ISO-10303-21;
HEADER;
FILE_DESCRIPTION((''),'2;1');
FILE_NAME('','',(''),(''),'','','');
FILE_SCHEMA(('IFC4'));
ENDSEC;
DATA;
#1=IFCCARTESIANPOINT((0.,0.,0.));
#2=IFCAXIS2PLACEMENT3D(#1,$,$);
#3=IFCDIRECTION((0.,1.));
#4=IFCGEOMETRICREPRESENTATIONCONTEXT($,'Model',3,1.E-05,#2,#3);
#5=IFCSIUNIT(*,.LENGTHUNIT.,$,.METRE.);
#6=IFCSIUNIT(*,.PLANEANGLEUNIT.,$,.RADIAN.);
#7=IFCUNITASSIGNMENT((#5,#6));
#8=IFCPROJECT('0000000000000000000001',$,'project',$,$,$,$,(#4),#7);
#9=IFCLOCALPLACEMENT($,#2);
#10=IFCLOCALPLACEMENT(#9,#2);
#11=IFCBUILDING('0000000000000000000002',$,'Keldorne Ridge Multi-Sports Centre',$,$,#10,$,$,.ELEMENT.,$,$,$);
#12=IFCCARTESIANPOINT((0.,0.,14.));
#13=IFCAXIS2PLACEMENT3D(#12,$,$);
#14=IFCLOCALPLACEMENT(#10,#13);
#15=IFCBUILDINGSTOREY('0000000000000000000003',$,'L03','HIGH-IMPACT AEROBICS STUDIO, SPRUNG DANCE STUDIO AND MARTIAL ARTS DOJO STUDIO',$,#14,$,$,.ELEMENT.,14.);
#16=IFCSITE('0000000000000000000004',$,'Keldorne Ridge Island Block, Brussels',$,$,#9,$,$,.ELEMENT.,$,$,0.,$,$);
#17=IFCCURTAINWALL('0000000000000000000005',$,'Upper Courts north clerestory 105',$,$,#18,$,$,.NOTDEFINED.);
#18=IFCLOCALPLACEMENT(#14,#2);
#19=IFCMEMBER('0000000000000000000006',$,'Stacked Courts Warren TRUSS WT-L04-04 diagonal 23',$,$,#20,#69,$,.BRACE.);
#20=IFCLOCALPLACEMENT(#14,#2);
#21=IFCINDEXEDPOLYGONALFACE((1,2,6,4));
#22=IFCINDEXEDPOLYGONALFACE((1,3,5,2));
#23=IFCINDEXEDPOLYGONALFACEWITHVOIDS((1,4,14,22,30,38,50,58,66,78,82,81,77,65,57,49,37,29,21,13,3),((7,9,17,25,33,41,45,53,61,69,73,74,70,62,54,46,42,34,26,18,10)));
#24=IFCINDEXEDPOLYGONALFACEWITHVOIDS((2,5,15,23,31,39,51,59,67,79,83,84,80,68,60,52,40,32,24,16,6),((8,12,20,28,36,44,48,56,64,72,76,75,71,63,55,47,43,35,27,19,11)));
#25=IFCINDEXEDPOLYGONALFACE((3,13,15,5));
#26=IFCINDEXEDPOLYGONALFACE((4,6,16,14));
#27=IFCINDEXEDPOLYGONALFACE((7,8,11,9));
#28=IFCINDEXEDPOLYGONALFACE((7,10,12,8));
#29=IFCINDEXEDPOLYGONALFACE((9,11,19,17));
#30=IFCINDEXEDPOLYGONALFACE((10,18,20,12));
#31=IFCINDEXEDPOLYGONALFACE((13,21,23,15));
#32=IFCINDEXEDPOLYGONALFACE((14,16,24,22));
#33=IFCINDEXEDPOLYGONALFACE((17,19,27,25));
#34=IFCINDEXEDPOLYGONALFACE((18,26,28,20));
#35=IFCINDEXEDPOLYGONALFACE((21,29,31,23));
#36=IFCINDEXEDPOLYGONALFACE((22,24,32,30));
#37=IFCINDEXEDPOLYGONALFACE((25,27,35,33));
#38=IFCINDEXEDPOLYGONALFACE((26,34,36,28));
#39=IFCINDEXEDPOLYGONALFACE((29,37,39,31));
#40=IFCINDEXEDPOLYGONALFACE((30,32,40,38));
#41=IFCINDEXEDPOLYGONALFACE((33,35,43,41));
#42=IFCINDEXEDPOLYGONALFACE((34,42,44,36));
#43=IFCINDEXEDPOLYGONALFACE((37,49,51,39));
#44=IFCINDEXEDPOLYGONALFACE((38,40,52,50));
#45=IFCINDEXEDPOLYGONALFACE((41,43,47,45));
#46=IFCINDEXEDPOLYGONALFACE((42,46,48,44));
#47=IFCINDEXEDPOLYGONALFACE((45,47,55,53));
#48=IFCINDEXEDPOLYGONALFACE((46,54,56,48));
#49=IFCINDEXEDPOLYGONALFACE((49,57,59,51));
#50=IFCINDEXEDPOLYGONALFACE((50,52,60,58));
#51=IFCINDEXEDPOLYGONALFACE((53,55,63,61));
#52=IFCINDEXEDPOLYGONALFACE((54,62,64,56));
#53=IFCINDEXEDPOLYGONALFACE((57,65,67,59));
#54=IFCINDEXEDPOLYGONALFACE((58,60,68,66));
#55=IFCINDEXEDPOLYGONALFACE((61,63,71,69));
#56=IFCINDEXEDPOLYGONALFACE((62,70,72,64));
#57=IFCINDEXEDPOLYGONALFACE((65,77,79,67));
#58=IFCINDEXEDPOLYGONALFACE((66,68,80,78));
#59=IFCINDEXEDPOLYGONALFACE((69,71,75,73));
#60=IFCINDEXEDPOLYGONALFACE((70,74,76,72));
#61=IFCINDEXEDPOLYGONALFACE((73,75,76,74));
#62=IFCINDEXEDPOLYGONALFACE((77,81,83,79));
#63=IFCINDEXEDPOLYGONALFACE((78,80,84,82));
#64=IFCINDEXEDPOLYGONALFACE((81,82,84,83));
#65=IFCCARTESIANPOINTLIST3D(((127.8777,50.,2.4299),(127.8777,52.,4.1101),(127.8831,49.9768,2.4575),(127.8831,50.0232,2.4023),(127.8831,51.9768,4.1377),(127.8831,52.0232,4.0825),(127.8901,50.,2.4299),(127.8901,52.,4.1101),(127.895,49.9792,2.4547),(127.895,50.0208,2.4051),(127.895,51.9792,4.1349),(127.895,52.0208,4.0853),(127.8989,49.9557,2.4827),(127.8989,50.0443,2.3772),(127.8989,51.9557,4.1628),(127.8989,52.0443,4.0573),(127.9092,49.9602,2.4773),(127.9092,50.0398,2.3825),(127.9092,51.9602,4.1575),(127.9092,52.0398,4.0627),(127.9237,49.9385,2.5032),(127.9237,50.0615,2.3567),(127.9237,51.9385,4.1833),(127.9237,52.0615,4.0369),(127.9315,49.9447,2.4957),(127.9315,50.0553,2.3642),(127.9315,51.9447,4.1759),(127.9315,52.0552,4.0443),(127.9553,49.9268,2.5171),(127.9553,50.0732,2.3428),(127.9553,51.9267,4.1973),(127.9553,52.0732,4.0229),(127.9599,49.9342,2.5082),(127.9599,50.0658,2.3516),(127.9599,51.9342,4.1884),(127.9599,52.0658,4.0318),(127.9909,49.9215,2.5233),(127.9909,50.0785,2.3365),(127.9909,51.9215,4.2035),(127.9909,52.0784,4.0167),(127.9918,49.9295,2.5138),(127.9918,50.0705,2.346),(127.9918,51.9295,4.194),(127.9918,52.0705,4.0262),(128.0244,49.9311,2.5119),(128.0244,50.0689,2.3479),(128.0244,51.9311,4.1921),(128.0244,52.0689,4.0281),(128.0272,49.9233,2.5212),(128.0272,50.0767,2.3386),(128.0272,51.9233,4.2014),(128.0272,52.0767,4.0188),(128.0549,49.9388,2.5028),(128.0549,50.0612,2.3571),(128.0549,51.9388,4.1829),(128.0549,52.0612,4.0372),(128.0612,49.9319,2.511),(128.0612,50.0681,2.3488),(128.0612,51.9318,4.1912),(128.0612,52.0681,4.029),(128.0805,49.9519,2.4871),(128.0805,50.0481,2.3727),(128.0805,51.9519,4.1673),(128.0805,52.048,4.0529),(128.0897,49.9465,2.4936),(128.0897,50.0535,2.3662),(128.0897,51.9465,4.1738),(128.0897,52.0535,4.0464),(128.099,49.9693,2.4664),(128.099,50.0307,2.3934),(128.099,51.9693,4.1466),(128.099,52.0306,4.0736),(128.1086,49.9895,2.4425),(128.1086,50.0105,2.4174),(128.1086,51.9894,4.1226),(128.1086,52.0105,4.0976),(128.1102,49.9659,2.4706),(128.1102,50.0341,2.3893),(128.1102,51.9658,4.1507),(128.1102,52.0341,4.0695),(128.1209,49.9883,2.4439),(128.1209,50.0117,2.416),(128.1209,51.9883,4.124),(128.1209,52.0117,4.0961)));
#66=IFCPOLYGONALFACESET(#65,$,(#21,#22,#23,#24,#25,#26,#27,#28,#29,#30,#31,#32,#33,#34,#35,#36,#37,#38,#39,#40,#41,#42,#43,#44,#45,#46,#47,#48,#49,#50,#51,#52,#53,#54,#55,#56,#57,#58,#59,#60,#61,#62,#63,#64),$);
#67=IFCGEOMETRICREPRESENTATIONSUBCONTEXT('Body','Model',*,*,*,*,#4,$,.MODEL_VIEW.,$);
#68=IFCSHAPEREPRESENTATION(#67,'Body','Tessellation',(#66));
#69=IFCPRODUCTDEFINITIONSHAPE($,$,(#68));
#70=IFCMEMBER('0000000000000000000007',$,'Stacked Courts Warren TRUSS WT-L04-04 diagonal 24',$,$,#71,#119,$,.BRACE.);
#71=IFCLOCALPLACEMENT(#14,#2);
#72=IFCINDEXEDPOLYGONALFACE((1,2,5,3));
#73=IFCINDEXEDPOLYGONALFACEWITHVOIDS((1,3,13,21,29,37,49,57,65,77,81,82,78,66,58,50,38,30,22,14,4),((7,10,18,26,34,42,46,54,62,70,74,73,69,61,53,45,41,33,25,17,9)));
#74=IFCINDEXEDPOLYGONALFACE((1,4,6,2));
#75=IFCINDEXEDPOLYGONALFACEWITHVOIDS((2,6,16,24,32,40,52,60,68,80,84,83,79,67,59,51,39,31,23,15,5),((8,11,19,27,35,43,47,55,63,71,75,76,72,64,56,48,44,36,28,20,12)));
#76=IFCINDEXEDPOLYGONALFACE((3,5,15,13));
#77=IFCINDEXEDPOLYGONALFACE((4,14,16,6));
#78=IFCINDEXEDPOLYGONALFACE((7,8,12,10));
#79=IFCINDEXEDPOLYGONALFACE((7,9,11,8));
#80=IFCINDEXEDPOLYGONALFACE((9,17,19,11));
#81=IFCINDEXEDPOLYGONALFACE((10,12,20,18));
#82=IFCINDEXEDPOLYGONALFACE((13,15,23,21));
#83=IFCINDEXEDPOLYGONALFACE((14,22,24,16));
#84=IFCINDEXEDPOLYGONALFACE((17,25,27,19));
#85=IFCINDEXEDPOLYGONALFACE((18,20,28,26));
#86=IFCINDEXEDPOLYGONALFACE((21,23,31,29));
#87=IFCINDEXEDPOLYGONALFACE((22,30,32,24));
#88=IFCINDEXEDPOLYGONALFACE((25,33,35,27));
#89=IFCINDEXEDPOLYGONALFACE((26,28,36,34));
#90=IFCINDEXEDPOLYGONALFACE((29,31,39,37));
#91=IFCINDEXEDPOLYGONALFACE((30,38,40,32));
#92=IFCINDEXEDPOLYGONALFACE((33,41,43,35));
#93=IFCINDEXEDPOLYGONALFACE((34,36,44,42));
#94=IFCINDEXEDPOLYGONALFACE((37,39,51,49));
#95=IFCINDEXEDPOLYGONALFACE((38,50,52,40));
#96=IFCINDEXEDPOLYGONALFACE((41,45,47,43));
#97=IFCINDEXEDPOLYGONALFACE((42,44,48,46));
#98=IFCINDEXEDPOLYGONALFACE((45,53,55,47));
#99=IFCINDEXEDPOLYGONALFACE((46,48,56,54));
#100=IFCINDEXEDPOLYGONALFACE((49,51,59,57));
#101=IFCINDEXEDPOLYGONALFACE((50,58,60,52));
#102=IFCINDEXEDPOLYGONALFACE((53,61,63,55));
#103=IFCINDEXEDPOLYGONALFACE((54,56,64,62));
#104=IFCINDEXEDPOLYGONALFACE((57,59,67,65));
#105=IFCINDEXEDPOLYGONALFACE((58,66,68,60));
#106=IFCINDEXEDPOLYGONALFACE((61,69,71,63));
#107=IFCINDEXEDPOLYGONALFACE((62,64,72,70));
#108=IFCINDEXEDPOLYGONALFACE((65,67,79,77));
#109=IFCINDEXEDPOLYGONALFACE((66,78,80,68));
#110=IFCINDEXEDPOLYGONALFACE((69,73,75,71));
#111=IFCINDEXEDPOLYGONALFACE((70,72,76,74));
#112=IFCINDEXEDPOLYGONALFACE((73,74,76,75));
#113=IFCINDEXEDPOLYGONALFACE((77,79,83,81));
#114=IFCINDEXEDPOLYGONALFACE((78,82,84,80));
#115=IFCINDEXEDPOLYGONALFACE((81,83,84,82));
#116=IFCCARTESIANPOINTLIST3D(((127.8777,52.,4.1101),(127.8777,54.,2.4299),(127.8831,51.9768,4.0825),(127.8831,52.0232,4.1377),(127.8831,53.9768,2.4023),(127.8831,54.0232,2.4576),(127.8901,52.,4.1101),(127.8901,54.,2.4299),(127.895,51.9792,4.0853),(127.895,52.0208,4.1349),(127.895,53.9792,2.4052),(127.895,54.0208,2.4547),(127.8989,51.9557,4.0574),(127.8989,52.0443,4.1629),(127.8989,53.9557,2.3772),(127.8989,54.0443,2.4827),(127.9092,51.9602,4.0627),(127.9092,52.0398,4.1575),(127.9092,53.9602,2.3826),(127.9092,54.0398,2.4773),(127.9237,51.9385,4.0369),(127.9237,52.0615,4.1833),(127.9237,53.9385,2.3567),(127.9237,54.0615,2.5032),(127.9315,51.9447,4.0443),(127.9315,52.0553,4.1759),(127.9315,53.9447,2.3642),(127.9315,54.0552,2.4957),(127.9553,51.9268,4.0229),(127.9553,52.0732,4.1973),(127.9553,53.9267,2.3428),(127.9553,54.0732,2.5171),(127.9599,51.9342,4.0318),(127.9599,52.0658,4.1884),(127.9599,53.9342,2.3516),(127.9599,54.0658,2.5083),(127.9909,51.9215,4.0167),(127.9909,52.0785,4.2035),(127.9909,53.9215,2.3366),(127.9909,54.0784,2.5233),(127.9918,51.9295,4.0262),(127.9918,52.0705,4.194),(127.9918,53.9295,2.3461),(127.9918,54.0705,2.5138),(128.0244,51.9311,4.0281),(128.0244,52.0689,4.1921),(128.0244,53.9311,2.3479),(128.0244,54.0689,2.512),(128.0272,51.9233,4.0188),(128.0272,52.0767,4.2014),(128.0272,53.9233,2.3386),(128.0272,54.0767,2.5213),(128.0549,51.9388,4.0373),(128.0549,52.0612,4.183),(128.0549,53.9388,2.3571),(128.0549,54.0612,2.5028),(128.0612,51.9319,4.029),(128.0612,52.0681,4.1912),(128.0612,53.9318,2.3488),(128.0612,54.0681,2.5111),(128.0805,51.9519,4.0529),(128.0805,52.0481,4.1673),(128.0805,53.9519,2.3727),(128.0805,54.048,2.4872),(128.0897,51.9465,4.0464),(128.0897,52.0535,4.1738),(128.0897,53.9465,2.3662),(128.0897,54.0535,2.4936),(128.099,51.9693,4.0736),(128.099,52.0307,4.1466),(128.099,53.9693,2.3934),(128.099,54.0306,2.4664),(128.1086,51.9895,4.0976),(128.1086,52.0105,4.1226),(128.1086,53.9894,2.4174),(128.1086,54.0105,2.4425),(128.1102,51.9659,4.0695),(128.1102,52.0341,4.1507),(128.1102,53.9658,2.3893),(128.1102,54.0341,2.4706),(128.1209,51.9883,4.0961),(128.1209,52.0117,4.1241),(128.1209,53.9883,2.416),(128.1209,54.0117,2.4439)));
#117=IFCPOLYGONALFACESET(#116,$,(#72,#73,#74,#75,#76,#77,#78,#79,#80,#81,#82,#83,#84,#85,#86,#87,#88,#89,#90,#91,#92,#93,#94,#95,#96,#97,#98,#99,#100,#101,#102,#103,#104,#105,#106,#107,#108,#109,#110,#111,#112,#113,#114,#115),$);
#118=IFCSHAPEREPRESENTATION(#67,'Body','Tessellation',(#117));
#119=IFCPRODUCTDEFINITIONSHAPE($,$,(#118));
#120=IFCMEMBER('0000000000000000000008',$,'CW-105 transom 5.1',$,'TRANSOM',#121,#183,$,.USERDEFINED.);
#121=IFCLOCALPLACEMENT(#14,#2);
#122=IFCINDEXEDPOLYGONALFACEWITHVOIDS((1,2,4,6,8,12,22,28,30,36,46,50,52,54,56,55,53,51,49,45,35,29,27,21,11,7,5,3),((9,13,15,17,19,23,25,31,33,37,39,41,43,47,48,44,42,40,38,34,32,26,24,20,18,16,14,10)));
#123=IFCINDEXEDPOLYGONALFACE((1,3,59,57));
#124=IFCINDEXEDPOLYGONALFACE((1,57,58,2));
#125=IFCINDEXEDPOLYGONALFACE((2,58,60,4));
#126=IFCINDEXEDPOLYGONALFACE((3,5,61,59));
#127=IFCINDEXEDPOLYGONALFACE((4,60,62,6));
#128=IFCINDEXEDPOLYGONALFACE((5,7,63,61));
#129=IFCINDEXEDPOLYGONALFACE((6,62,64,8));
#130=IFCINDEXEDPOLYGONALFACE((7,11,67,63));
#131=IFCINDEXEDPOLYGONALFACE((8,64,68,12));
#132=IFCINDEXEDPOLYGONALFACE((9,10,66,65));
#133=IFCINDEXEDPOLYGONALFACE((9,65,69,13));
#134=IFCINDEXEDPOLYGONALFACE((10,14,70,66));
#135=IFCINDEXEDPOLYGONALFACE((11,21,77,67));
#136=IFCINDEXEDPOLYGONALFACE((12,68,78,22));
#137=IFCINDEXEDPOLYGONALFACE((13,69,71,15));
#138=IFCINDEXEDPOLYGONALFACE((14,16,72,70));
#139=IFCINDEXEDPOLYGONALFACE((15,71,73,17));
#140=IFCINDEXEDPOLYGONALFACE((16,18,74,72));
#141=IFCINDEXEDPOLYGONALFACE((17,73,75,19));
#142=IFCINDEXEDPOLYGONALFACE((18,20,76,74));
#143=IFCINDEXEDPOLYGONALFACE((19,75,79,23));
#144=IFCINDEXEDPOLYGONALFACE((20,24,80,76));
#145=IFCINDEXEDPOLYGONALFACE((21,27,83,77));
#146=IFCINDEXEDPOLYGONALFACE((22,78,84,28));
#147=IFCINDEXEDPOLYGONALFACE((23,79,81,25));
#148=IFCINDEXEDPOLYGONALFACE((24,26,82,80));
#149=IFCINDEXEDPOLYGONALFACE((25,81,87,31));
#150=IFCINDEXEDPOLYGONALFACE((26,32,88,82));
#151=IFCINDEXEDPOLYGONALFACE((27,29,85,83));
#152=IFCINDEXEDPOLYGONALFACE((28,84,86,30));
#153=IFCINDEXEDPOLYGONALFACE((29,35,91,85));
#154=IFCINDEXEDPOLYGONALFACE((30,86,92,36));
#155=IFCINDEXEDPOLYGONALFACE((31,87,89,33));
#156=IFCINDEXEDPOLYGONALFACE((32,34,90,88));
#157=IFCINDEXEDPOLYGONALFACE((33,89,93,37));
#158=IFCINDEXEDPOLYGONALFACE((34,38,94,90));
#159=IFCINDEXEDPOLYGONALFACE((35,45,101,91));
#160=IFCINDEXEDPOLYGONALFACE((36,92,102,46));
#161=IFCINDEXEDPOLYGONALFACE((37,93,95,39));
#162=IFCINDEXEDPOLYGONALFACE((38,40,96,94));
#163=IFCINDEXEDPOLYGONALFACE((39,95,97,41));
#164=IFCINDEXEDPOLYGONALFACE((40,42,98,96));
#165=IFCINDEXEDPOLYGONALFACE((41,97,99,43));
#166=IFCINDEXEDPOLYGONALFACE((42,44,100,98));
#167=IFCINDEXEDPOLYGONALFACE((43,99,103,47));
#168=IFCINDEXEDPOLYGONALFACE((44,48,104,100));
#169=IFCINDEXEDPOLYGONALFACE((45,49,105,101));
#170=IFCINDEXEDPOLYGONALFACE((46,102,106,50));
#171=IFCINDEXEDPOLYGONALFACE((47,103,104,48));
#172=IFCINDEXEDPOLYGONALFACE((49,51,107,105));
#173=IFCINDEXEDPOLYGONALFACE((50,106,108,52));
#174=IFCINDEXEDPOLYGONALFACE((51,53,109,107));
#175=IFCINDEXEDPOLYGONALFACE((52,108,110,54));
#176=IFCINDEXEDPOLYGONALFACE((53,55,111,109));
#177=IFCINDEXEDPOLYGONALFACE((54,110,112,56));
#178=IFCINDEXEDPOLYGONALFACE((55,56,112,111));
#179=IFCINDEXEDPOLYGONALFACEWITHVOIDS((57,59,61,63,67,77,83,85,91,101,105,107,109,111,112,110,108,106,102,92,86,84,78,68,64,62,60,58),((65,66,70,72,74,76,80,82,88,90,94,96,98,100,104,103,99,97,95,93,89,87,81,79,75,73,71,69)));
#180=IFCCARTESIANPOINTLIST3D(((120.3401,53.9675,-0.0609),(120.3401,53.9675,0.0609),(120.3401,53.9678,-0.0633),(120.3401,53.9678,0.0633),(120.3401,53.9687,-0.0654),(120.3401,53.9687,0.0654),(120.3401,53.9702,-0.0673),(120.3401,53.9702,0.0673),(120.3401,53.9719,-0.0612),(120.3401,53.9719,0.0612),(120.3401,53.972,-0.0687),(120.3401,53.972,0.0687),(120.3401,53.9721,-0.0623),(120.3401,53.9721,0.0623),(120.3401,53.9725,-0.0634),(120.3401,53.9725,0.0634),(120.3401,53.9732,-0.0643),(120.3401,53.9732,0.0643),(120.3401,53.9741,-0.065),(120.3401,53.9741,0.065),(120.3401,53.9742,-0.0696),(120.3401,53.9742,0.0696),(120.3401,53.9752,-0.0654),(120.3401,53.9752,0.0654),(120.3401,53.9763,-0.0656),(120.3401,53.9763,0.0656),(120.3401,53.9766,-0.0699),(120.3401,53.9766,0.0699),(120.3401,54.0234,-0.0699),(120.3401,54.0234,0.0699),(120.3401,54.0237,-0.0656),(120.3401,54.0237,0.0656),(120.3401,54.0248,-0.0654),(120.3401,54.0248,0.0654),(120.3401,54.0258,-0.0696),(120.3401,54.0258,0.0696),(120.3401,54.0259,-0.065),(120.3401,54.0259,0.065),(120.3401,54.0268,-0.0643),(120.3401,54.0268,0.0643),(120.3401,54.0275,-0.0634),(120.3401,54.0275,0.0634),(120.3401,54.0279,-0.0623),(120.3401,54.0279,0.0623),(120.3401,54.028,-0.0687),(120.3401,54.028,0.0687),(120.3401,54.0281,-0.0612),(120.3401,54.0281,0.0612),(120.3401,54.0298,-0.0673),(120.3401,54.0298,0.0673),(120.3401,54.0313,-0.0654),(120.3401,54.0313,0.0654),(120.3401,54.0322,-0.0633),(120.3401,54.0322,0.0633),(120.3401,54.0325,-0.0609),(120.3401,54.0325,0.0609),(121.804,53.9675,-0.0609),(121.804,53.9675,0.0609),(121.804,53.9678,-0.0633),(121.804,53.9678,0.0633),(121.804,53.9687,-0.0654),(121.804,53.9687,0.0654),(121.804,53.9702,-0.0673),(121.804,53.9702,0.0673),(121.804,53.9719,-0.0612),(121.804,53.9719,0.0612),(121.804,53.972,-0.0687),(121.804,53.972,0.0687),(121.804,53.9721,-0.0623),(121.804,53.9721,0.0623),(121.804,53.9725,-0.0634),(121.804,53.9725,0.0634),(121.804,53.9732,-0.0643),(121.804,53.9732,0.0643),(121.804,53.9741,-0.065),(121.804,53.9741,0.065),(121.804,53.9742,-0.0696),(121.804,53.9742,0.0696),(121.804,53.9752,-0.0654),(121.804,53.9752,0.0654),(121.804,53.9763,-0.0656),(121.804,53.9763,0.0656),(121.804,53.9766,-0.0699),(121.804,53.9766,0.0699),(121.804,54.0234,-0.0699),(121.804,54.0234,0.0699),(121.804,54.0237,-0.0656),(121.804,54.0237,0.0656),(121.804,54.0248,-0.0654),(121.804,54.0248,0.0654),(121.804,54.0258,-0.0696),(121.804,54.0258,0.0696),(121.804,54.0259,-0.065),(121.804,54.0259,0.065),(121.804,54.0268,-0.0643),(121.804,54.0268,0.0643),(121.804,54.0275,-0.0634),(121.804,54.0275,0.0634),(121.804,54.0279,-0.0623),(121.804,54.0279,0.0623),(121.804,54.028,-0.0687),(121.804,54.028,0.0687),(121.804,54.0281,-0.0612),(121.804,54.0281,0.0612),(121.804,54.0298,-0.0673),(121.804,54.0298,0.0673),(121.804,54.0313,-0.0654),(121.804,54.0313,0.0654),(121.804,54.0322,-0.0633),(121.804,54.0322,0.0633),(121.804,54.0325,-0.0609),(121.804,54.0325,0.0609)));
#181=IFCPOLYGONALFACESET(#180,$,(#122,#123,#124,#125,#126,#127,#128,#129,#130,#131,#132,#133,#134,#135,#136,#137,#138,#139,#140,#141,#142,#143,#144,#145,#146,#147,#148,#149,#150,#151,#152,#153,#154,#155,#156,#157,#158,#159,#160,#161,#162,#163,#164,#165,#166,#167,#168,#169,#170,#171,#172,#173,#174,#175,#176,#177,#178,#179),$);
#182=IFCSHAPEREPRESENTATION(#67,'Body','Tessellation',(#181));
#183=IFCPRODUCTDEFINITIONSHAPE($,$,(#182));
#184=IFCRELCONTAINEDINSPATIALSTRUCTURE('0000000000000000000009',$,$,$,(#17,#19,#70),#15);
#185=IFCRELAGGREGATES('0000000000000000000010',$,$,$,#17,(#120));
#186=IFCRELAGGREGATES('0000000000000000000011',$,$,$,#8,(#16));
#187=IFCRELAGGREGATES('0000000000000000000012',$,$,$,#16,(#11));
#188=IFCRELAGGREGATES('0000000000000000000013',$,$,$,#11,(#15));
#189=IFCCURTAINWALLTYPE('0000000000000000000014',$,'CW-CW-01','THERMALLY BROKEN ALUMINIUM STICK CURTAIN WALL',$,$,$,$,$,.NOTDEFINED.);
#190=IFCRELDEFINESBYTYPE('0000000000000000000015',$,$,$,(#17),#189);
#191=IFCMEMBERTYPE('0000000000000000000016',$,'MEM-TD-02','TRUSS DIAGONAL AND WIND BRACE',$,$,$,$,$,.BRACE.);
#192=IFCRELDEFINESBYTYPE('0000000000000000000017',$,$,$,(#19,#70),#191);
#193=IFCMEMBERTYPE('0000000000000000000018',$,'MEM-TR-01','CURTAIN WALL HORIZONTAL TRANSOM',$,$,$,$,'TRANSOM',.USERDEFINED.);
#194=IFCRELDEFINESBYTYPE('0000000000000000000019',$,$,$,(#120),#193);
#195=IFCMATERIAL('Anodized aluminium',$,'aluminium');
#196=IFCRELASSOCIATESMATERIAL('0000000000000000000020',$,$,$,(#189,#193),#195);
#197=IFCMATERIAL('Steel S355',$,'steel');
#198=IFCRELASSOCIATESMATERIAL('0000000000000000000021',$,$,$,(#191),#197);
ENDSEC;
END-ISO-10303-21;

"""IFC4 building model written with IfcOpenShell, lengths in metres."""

from ifc_helpers import new_model, si_unit, direction, frame, origin, origin_2d, place, context, subcontext, project, spatial, hollow_rectangle, hollow_circle, extrude, material, material_profile, profile_set, type_object, element, aggregate, save


model = new_model("IFC4")

# Units and contexts
model_context = context("Model", 3, precision=1e-05, world=origin(), true_north=direction((0.0, 1.0)))
body_context = subcontext(model_context, "Body", "Model", "MODEL_VIEW")
ifc_project = project(units=[si_unit("LENGTHUNIT", "METRE"), si_unit("PLANEANGLEUNIT", "RADIAN")], contexts=[model_context])

# Site, building, storey
site_placement = place(None, origin())
site = spatial("IfcSite", under=ifc_project, at=site_placement, Name="Keldorne Ridge Island Block, Brussels", CompositionType="ELEMENT", RefElevation=0.0)
building_placement = place(site_placement, origin())
building = spatial("IfcBuilding", under=site, at=building_placement, Name="Keldorne Ridge Multi-Sports Centre", CompositionType="ELEMENT")
storey_placement = place(building_placement, frame((0.0, 0.0, 14.0)))
storey = spatial("IfcBuildingStorey", under=building, at=storey_placement, Name="L03", Description="HIGH-IMPACT AEROBICS STUDIO, SPRUNG DANCE STUDIO AND MARTIAL ARTS DOJO STUDIO", CompositionType="ELEMENT", Elevation=14.0)

# Shared definitions
ifc_material_1 = material(Name="Steel S355", Category="steel")

# Curtain wall
ifc_material_2 = material(Name="Anodized aluminium", Category="aluminium")
curtain_wall_type = type_object("IfcCurtainWallType", Name="CW-CW-01", Description="THERMALLY BROKEN ALUMINIUM STICK CURTAIN WALL", PredefinedType="NOTDEFINED", material=ifc_material_2)
curtain_wall_placement = place(storey_placement, origin())
curtain_wall = element("IfcCurtainWall", 1, at=curtain_wall_placement, inside=storey, type_object=curtain_wall_type, Name="Upper Courts north clerestory 105", PredefinedType="NOTDEFINED")

# Members
ifc_material_profile_1 = material_profile(ifc_material_1, hollow_circle(Radius=0.1223, WallThickness=0.0125, at=origin_2d()), Name="CHS 244.5x12.5")
ifc_profile_set_1 = profile_set([ifc_material_profile_1], Name="Steel S355")
member_type_1 = type_object("IfcMemberType", Name="MEM-TD-02", Description="TRUSS DIAGONAL AND WIND BRACE", PredefinedType="BRACE", material=ifc_profile_set_1)
for number, where, z_axis, x_axis, name in (
    (2, (128.0, 50.0, 2.4299), (0.0, 0.765672, 0.643232), (-1.0, 0.0, 0.0), "Stacked Courts Warren TRUSS WT-L04-04 diagonal 23"),
    (3, (128.0, 52.0, 4.1101), (0.0, 0.765672, -0.643232), (-1.0, 0.0, 0.0), "Stacked Courts Warren TRUSS WT-L04-04 diagonal 24"),
):
    element("IfcMember", number, at=place(storey_placement, frame(where, z_axis=z_axis, x_axis=x_axis)), inside=storey, type_object=member_type_1, Name=name, PredefinedType="BRACE", context=body_context, shape_type="SweptSolid", body=[
        extrude(hollow_circle(Radius=0.1223, WallThickness=0.0125, at=origin_2d()), origin(), (0.0, 0.0, 1.0), 2.6121),
    ])

# Member
ifc_material_profile_2 = material_profile(ifc_material_2, hollow_rectangle(XDim=0.0649, YDim=0.1399, WallThickness=0.0044, InnerFilletRadius=0.0044, OuterFilletRadius=0.009, at=origin_2d()), Name="ALU TRANSOM 140x65x4.5")
ifc_profile_set_2 = profile_set([ifc_material_profile_2], Name="Anodized aluminium")
member_type_2 = type_object("IfcMemberType", Name="MEM-TR-01", Description="CURTAIN WALL HORIZONTAL TRANSOM", ElementType="TRANSOM", PredefinedType="USERDEFINED", material=ifc_profile_set_2)
member_1_placement = place(storey_placement, frame((121.804, 54.0, 0.0), z_axis=(-1.0, 0.0, 0.0), x_axis=(0.0, -1.0, 0.0)))
member_1 = element("IfcMember", 4, at=member_1_placement, type_object=member_type_2, Name="CW-105 transom 5.1", ObjectType="TRANSOM", PredefinedType="USERDEFINED", context=body_context, shape_type="SweptSolid", body=[
    extrude(hollow_rectangle(XDim=0.0649, YDim=0.1399, WallThickness=0.0044, InnerFilletRadius=0.0044, OuterFilletRadius=0.009, at=origin_2d()), origin(), (0.0, 0.0, 1.0), 1.4639),
])

aggregate(curtain_wall, [member_1])

save(model, "model.ifc")
